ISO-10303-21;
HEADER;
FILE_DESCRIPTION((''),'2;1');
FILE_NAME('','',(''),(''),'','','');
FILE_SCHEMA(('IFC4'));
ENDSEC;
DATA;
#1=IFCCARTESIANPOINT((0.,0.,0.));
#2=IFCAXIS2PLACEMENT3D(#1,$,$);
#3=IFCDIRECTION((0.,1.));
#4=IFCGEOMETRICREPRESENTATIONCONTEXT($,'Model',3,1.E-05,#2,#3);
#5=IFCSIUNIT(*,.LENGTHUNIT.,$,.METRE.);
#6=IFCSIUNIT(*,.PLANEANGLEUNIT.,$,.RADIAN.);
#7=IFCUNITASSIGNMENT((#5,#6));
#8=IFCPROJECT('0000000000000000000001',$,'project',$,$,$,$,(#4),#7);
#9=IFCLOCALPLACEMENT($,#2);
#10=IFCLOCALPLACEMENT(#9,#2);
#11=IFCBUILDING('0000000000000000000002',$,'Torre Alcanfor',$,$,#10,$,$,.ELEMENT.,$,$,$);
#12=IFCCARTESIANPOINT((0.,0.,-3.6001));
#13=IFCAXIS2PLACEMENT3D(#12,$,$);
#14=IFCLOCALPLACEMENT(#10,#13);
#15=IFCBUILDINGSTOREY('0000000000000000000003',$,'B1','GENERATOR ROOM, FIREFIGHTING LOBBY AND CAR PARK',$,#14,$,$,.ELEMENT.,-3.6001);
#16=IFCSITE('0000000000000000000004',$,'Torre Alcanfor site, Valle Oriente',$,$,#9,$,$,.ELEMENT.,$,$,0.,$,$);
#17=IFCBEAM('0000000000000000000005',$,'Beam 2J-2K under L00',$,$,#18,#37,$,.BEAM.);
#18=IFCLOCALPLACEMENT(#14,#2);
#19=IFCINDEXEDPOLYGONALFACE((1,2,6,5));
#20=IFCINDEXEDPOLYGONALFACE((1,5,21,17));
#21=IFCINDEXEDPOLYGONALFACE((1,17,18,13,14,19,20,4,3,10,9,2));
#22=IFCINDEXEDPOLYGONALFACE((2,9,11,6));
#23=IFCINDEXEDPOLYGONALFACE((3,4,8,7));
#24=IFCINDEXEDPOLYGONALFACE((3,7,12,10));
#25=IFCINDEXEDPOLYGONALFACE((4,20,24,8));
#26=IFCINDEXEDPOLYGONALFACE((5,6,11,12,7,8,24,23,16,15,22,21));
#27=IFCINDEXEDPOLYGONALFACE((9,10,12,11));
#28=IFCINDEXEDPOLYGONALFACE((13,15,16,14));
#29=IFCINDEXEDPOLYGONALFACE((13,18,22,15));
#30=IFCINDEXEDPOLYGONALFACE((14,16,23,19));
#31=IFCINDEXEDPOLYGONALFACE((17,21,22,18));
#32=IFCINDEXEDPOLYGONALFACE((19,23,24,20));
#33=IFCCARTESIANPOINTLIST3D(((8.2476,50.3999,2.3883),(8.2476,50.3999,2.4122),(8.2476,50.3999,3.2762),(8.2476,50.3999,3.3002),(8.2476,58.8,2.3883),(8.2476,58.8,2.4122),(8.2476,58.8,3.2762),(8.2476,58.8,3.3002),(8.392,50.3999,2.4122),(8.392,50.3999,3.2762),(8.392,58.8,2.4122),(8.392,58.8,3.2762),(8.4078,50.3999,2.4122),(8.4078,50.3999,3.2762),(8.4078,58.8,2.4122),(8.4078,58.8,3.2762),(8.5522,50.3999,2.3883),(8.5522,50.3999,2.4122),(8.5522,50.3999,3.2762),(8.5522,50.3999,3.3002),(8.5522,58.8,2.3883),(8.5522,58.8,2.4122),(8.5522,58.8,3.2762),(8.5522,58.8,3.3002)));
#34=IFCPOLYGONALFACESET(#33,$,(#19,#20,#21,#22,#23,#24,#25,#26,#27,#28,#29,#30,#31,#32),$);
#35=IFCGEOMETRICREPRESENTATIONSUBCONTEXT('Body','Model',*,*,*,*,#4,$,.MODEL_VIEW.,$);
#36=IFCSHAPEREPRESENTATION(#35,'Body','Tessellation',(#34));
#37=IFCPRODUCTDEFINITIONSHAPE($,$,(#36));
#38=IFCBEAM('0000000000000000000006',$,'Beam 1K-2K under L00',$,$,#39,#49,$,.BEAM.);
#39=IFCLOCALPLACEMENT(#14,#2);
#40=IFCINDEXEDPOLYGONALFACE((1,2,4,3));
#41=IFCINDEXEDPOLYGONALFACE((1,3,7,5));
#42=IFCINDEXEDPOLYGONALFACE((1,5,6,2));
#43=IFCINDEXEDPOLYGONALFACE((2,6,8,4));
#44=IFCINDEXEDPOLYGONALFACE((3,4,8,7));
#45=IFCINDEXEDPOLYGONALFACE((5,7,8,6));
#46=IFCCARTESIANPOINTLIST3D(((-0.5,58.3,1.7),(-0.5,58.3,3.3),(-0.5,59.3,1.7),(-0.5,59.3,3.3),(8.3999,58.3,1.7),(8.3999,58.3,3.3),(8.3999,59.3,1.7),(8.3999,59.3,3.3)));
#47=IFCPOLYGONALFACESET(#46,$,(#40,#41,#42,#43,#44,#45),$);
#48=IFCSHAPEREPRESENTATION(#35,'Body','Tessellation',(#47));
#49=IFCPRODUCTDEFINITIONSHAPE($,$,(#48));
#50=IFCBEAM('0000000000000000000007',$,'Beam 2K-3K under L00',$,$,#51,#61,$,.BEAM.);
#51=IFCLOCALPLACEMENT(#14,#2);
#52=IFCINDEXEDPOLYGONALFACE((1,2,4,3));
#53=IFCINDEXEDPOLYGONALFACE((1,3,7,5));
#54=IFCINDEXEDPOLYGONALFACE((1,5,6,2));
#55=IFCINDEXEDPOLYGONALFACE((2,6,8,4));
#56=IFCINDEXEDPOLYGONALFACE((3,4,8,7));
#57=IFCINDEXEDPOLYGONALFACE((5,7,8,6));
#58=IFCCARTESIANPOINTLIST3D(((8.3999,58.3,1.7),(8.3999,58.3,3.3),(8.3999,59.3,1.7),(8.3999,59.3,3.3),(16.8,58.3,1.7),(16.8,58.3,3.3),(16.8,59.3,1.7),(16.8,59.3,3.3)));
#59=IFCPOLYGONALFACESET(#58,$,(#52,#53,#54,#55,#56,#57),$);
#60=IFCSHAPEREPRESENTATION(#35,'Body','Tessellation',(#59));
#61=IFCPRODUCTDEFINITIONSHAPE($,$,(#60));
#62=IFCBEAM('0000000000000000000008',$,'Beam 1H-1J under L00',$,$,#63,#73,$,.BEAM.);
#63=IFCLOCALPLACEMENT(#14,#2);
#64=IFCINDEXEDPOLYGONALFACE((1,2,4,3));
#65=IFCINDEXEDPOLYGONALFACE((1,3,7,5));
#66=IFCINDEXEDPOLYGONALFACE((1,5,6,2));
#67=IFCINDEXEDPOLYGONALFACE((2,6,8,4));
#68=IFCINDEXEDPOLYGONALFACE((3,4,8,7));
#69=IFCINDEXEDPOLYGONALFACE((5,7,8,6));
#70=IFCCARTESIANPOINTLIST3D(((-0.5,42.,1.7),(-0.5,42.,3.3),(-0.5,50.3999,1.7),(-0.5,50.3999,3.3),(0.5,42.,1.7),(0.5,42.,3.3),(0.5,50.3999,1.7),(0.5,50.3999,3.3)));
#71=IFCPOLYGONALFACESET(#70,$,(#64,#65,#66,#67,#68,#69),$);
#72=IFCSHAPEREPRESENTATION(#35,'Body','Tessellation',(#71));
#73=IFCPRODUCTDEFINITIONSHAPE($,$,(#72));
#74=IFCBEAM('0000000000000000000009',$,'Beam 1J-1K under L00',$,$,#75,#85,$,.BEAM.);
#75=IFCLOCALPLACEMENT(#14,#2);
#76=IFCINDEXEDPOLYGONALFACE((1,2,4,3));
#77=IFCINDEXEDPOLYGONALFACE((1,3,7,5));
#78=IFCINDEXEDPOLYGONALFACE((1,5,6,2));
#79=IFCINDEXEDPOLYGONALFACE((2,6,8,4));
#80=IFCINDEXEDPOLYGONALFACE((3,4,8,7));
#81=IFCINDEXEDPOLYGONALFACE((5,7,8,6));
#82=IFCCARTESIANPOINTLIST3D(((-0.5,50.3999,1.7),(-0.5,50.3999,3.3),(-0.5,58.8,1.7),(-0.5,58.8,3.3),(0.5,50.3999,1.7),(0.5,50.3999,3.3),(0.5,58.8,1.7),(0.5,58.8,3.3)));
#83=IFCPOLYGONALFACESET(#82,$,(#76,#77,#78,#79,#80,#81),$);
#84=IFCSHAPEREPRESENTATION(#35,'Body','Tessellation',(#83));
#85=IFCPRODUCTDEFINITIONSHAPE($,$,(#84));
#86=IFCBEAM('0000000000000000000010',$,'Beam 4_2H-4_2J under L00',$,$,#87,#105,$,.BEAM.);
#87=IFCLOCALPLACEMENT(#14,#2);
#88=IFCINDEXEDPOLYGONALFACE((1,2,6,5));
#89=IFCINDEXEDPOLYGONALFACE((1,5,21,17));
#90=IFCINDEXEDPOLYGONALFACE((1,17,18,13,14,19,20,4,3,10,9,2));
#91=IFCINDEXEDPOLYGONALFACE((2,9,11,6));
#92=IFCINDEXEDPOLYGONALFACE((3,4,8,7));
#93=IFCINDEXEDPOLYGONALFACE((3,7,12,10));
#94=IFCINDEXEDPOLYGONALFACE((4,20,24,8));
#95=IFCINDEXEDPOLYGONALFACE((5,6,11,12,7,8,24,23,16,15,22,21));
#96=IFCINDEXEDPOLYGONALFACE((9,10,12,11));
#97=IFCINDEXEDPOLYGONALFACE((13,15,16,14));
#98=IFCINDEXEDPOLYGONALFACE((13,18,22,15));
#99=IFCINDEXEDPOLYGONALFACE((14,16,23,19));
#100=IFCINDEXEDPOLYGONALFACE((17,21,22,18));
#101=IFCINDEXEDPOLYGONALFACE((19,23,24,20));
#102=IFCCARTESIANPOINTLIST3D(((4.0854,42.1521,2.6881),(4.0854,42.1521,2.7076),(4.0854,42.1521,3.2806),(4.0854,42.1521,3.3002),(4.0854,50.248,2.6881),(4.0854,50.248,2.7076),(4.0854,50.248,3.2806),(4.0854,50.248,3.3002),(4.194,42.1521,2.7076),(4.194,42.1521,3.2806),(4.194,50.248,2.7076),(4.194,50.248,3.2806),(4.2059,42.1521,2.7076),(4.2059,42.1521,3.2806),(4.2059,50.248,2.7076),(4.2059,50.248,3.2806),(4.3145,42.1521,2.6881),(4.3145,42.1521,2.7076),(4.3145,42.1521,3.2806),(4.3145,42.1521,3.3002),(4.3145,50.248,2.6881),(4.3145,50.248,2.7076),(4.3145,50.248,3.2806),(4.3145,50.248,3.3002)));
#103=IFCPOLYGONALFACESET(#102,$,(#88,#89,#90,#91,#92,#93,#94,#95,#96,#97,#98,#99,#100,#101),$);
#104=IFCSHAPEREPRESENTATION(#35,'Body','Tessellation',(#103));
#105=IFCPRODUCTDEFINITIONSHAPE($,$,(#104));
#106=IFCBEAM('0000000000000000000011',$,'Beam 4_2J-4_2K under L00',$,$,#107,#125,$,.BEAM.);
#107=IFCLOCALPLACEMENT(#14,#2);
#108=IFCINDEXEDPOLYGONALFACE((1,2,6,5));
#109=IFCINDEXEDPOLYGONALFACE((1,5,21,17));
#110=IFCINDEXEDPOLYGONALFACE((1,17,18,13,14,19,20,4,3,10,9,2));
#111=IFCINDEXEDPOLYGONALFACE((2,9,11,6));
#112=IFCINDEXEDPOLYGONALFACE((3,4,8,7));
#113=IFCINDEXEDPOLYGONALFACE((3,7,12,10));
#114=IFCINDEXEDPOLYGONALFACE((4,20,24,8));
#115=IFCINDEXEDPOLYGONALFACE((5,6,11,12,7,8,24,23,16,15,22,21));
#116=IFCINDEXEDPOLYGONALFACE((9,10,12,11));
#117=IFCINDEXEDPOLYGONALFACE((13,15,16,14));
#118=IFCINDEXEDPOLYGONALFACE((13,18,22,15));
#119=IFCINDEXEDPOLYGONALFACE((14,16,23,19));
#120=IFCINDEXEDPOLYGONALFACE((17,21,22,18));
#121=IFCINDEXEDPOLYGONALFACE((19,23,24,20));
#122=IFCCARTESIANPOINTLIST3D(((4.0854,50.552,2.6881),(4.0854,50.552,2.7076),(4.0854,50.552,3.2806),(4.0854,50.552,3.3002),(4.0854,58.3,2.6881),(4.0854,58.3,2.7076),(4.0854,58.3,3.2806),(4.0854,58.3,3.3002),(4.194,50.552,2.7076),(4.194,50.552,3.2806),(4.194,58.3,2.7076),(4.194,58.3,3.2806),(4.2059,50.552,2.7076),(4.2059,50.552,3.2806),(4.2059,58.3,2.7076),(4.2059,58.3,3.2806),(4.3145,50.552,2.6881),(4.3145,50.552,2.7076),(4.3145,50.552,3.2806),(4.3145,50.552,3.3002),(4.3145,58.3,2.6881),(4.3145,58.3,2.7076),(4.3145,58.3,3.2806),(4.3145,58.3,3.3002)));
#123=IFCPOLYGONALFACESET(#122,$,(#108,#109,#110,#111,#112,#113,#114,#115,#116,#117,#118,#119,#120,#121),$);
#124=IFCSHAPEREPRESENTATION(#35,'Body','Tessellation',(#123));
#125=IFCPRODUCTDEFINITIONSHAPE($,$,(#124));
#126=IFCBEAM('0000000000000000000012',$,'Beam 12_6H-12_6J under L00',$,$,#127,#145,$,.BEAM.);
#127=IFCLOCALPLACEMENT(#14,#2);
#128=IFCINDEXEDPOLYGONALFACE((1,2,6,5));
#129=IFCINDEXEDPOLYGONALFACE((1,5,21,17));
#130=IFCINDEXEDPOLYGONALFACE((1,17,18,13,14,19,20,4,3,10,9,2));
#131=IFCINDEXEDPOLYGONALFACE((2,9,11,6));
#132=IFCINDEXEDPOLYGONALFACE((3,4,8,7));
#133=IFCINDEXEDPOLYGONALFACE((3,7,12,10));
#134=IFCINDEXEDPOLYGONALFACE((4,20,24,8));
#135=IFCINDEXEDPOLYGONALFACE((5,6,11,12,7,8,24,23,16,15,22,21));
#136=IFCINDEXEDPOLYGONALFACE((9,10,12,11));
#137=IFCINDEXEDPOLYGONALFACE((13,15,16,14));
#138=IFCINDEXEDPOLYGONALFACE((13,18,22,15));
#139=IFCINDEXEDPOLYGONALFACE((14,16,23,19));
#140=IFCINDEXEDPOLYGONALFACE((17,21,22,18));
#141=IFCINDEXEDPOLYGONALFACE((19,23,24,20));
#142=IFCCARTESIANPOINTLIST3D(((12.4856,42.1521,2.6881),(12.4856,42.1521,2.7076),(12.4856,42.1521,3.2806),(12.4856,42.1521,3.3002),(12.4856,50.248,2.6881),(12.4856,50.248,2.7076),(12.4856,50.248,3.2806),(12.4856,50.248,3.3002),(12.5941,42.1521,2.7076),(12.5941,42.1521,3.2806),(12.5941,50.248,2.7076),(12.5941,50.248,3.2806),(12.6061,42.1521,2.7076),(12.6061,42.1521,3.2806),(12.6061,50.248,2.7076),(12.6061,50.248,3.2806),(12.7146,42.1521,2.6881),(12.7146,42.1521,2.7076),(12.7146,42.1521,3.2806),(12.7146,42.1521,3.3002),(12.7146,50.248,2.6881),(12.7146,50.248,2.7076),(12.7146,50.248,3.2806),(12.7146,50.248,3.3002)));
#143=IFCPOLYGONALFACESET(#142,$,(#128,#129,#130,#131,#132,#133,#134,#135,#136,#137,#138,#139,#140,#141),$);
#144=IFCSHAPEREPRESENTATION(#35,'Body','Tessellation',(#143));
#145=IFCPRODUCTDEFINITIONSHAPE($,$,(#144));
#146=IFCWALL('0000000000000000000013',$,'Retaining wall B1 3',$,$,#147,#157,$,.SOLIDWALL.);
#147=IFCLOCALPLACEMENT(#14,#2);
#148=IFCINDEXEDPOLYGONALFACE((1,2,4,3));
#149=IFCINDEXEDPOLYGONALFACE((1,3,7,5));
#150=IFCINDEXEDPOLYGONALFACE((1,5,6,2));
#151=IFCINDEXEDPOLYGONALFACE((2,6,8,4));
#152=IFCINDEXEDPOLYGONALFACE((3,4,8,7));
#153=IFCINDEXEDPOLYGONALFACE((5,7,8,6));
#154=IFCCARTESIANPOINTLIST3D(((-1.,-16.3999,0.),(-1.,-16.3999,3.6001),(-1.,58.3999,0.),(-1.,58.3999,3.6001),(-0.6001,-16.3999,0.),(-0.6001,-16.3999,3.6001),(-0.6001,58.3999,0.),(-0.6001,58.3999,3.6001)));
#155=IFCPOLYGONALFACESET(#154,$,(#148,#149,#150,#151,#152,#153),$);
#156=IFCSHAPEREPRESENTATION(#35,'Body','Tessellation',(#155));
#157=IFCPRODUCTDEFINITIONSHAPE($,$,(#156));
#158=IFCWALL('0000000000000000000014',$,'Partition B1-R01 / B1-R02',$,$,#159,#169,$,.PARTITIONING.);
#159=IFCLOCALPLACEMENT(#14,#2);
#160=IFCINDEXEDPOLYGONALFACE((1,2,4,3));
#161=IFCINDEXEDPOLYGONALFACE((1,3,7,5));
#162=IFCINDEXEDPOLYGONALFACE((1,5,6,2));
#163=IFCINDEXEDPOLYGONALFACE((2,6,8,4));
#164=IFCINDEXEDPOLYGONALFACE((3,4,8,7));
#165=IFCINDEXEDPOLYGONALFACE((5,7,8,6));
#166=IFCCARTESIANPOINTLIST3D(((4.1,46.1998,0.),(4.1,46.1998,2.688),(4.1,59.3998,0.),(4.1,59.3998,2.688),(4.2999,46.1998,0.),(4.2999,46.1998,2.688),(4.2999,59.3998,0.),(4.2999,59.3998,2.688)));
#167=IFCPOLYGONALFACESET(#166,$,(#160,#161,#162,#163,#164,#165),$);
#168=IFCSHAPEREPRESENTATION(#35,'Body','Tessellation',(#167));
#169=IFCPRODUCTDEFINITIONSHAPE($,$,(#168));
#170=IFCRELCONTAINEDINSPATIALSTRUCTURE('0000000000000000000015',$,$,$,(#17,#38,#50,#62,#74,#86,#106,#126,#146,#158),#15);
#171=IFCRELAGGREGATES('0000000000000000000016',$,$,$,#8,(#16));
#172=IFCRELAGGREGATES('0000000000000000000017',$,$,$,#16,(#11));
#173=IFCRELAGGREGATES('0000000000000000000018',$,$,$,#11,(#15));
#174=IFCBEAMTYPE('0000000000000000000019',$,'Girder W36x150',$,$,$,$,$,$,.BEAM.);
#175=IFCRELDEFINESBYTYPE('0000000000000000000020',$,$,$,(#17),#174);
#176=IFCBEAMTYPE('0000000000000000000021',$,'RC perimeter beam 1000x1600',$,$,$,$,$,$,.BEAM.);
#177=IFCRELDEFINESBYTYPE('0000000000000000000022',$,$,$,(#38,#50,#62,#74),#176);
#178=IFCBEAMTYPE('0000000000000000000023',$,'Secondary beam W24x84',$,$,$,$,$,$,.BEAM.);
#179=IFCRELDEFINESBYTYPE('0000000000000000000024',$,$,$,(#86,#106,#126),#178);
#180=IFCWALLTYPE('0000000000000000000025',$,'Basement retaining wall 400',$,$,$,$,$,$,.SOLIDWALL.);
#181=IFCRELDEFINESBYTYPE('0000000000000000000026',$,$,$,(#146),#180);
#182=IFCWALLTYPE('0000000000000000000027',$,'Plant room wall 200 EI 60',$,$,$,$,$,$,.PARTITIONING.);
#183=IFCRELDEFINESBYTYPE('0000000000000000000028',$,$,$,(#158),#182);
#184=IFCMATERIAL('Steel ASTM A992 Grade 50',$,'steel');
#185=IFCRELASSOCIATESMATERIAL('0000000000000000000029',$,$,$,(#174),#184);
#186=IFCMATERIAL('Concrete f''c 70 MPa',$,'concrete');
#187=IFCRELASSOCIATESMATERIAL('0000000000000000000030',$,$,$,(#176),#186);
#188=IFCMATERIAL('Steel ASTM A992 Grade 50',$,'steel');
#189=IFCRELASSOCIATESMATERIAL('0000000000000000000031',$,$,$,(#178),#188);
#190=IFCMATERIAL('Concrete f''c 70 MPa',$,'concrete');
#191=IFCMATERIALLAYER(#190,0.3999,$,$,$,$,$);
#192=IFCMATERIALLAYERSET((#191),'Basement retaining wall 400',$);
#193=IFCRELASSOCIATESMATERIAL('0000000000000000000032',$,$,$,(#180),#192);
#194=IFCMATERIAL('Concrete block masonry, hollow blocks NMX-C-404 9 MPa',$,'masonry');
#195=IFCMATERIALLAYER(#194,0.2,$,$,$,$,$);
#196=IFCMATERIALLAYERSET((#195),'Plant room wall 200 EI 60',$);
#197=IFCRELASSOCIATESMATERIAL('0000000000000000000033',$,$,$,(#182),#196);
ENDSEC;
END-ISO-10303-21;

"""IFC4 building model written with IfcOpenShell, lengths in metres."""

from ifc_helpers import new_model, si_unit, direction, frame, frame_2d, origin, origin_2d, place, context, subcontext, project, spatial, rectangle, i_section, extrude, material, layer, layer_set, material_profile, profile_set, type_object, element, save


model = new_model("IFC4")

# Units and contexts
model_context = context("Model", 3, precision=1e-05, world=origin(), true_north=direction((0.0, 1.0)))
body_context = subcontext(model_context, "Body", "Model", "MODEL_VIEW")
ifc_project = project(units=[si_unit("LENGTHUNIT", "METRE"), si_unit("PLANEANGLEUNIT", "RADIAN")], contexts=[model_context])

# Site, building, storey
site_placement = place(None, origin())
site = spatial("IfcSite", under=ifc_project, at=site_placement, Name="Torre Alcanfor site, Valle Oriente", CompositionType="ELEMENT", RefElevation=0.0)
building_placement = place(site_placement, origin())
building = spatial("IfcBuilding", under=site, at=building_placement, Name="Torre Alcanfor", CompositionType="ELEMENT")
storey_placement = place(building_placement, frame((0.0, 0.0, -3.6001)))
storey = spatial("IfcBuildingStorey", under=building, at=storey_placement, Name="B1", Description="GENERATOR ROOM, FIREFIGHTING LOBBY AND CAR PARK", CompositionType="ELEMENT", Elevation=-3.6001)

# Beams
ifc_material_1 = material(Name="Steel ASTM A992 Grade 50", Category="steel")
ifc_material_profile_1 = material_profile(ifc_material_1, i_section(OverallWidth=0.3047, OverallDepth=0.9119, WebThickness=0.0159, FlangeThickness=0.0239, at=origin_2d()), Name="W36x150")
ifc_profile_set_1 = profile_set([ifc_material_profile_1], Name="Steel ASTM A992 Grade 50")
beam_type_1 = type_object("IfcBeamType", Name="Girder W36x150", PredefinedType="BEAM", material=ifc_profile_set_1)
beam_1_placement = place(storey_placement, frame((8.3999, 50.3999, 2.8442), z_axis=(0.0, 1.0, 0.0), x_axis=(-1.0, 0.0, 0.0)))
element("IfcBeam", 1, at=beam_1_placement, inside=storey, type_object=beam_type_1, Name="Beam 2J-2K under L00", PredefinedType="BEAM", context=body_context, shape_type="SweptSolid", body=[
    extrude(i_section(OverallWidth=0.3047, OverallDepth=0.9119, WebThickness=0.0159, FlangeThickness=0.0239, at=origin_2d()), origin(), (0.0, 0.0, 1.0), 8.4001),
])
ifc_material_2 = material(Name="Concrete f'c 70 MPa", Category="concrete")
ifc_material_profile_2 = material_profile(ifc_material_2, rectangle(XDim=1.0, YDim=1.6001, at=origin_2d()), Name="1000x1600")
ifc_profile_set_2 = profile_set([ifc_material_profile_2], Name="Concrete f'c 70 MPa")
beam_type_2 = type_object("IfcBeamType", Name="RC perimeter beam 1000x1600", PredefinedType="BEAM", material=ifc_profile_set_2)
beam_2_placement = place(storey_placement, frame((-0.5, 58.8, 2.5), z_axis=(1.0, 0.0, 0.0), x_axis=(0.0, 1.0, 0.0)))
element("IfcBeam", 2, at=beam_2_placement, inside=storey, type_object=beam_type_2, Name="Beam 1K-2K under L00", PredefinedType="BEAM", context=body_context, shape_type="SweptSolid", body=[
    extrude(rectangle(XDim=1.0, YDim=1.6001, at=origin_2d()), origin(), (0.0, 0.0, 1.0), 8.8999),
])
beam_3_placement = place(storey_placement, frame((8.3999, 58.8, 2.5), z_axis=(1.0, 0.0, 0.0), x_axis=(0.0, 1.0, 0.0)))
element("IfcBeam", 3, at=beam_3_placement, inside=storey, type_object=beam_type_2, Name="Beam 2K-3K under L00", PredefinedType="BEAM", context=body_context, shape_type="SweptSolid", body=[
    extrude(rectangle(XDim=1.0, YDim=1.6001, at=origin_2d()), origin(), (0.0, 0.0, 1.0), 8.4001),
])
beam_4_placement = place(storey_placement, frame((0.0, 42.0, 2.5), z_axis=(0.0, 1.0, 0.0), x_axis=(-1.0, 0.0, 0.0)))
element("IfcBeam", 4, at=beam_4_placement, inside=storey, type_object=beam_type_2, Name="Beam 1H-1J under L00", PredefinedType="BEAM", context=body_context, shape_type="SweptSolid", body=[
    extrude(rectangle(XDim=1.0, YDim=1.6001, at=origin_2d()), origin(), (0.0, 0.0, 1.0), 8.3999),
])
beam_5_placement = place(storey_placement, frame((0.0, 50.3999, 2.5), z_axis=(0.0, 1.0, 0.0), x_axis=(-1.0, 0.0, 0.0)))
element("IfcBeam", 5, at=beam_5_placement, inside=storey, type_object=beam_type_2, Name="Beam 1J-1K under L00", PredefinedType="BEAM", context=body_context, shape_type="SweptSolid", body=[
    extrude(rectangle(XDim=1.0, YDim=1.6001, at=origin_2d()), origin(), (0.0, 0.0, 1.0), 8.4001),
])
ifc_material_3 = material(Name="Steel ASTM A992 Grade 50", Category="steel")
ifc_material_profile_3 = material_profile(ifc_material_3, i_section(OverallWidth=0.229, OverallDepth=0.6121, WebThickness=0.012, FlangeThickness=0.0195, at=origin_2d()), Name="W24x84")
ifc_profile_set_3 = profile_set([ifc_material_profile_3], Name="Steel ASTM A992 Grade 50")
beam_type_3 = type_object("IfcBeamType", Name="Secondary beam W24x84", PredefinedType="BEAM", material=ifc_profile_set_3)
beam_6_placement = place(storey_placement, frame((4.2, 42.1521, 2.9941), z_axis=(0.0, 1.0, 0.0), x_axis=(-1.0, 0.0, 0.0)))
element("IfcBeam", 6, at=beam_6_placement, inside=storey, type_object=beam_type_3, Name="Beam 4_2H-4_2J under L00", PredefinedType="BEAM", context=body_context, shape_type="SweptSolid", body=[
    extrude(i_section(OverallWidth=0.229, OverallDepth=0.6121, WebThickness=0.012, FlangeThickness=0.0195, at=origin_2d()), origin(), (0.0, 0.0, 1.0), 8.0959),
])
beam_7_placement = place(storey_placement, frame((4.2, 50.552, 2.9941), z_axis=(0.0, 1.0, 0.0), x_axis=(-1.0, 0.0, 0.0)))
element("IfcBeam", 7, at=beam_7_placement, inside=storey, type_object=beam_type_3, Name="Beam 4_2J-4_2K under L00", PredefinedType="BEAM", context=body_context, shape_type="SweptSolid", body=[
    extrude(i_section(OverallWidth=0.229, OverallDepth=0.6121, WebThickness=0.012, FlangeThickness=0.0195, at=origin_2d()), origin(), (0.0, 0.0, 1.0), 7.748),
])
beam_8_placement = place(storey_placement, frame((12.6001, 42.1521, 2.9941), z_axis=(0.0, 1.0, 0.0), x_axis=(-1.0, 0.0, 0.0)))
element("IfcBeam", 8, at=beam_8_placement, inside=storey, type_object=beam_type_3, Name="Beam 12_6H-12_6J under L00", PredefinedType="BEAM", context=body_context, shape_type="SweptSolid", body=[
    extrude(i_section(OverallWidth=0.229, OverallDepth=0.6121, WebThickness=0.012, FlangeThickness=0.0195, at=origin_2d()), origin(), (0.0, 0.0, 1.0), 8.0959),
])

# Wall
ifc_material_4 = material(Name="Concrete f'c 70 MPa", Category="concrete")
ifc_layer_1 = layer(ifc_material_4, 0.3999)
ifc_layer_set_1 = layer_set([ifc_layer_1], Name="Basement retaining wall 400")
wall_type_1 = type_object("IfcWallType", Name="Basement retaining wall 400", PredefinedType="SOLIDWALL", material=ifc_layer_set_1)
wall_1_placement = place(storey_placement, frame((-0.8, 58.3999, 0.0), z_axis=(0.0, 0.0, 1.0), x_axis=(0.0, -1.0, 0.0)))
element("IfcWall", 9, at=wall_1_placement, inside=storey, type_object=wall_type_1, Name="Retaining wall B1 3", PredefinedType="SOLIDWALL", context=body_context, shape_type="SweptSolid", body=[
    extrude(rectangle(XDim=74.7998, YDim=0.3999, at=frame_2d((37.3999, 0.0))), origin(), (0.0, 0.0, 1.0), 3.6001),
])

# Shared definitions
ifc_material_5 = material(Name="Concrete block masonry, hollow blocks NMX-C-404 9 MPa", Category="masonry")
ifc_layer_2 = layer(ifc_material_5, 0.2)
ifc_layer_set_2 = layer_set([ifc_layer_2], Name="Plant room wall 200 EI 60")
wall_type_2 = type_object("IfcWallType", Name="Plant room wall 200 EI 60", PredefinedType="PARTITIONING", material=ifc_layer_set_2)

# Wall
wall_2_placement = place(storey_placement, frame((4.2, 59.3999, 0.0), z_axis=(0.0, 0.0, 1.0), x_axis=(0.0, -1.0, 0.0)))
element("IfcWall", 10, at=wall_2_placement, inside=storey, type_object=wall_type_2, Name="Partition B1-R01 / B1-R02", PredefinedType="PARTITIONING", context=body_context, shape_type="SweptSolid", body=[
    extrude(rectangle(XDim=13.2, YDim=0.2, at=frame_2d((6.6001, 0.0))), origin(), (0.0, 0.0, 1.0), 2.688),
])

save(model, "model.ifc")
